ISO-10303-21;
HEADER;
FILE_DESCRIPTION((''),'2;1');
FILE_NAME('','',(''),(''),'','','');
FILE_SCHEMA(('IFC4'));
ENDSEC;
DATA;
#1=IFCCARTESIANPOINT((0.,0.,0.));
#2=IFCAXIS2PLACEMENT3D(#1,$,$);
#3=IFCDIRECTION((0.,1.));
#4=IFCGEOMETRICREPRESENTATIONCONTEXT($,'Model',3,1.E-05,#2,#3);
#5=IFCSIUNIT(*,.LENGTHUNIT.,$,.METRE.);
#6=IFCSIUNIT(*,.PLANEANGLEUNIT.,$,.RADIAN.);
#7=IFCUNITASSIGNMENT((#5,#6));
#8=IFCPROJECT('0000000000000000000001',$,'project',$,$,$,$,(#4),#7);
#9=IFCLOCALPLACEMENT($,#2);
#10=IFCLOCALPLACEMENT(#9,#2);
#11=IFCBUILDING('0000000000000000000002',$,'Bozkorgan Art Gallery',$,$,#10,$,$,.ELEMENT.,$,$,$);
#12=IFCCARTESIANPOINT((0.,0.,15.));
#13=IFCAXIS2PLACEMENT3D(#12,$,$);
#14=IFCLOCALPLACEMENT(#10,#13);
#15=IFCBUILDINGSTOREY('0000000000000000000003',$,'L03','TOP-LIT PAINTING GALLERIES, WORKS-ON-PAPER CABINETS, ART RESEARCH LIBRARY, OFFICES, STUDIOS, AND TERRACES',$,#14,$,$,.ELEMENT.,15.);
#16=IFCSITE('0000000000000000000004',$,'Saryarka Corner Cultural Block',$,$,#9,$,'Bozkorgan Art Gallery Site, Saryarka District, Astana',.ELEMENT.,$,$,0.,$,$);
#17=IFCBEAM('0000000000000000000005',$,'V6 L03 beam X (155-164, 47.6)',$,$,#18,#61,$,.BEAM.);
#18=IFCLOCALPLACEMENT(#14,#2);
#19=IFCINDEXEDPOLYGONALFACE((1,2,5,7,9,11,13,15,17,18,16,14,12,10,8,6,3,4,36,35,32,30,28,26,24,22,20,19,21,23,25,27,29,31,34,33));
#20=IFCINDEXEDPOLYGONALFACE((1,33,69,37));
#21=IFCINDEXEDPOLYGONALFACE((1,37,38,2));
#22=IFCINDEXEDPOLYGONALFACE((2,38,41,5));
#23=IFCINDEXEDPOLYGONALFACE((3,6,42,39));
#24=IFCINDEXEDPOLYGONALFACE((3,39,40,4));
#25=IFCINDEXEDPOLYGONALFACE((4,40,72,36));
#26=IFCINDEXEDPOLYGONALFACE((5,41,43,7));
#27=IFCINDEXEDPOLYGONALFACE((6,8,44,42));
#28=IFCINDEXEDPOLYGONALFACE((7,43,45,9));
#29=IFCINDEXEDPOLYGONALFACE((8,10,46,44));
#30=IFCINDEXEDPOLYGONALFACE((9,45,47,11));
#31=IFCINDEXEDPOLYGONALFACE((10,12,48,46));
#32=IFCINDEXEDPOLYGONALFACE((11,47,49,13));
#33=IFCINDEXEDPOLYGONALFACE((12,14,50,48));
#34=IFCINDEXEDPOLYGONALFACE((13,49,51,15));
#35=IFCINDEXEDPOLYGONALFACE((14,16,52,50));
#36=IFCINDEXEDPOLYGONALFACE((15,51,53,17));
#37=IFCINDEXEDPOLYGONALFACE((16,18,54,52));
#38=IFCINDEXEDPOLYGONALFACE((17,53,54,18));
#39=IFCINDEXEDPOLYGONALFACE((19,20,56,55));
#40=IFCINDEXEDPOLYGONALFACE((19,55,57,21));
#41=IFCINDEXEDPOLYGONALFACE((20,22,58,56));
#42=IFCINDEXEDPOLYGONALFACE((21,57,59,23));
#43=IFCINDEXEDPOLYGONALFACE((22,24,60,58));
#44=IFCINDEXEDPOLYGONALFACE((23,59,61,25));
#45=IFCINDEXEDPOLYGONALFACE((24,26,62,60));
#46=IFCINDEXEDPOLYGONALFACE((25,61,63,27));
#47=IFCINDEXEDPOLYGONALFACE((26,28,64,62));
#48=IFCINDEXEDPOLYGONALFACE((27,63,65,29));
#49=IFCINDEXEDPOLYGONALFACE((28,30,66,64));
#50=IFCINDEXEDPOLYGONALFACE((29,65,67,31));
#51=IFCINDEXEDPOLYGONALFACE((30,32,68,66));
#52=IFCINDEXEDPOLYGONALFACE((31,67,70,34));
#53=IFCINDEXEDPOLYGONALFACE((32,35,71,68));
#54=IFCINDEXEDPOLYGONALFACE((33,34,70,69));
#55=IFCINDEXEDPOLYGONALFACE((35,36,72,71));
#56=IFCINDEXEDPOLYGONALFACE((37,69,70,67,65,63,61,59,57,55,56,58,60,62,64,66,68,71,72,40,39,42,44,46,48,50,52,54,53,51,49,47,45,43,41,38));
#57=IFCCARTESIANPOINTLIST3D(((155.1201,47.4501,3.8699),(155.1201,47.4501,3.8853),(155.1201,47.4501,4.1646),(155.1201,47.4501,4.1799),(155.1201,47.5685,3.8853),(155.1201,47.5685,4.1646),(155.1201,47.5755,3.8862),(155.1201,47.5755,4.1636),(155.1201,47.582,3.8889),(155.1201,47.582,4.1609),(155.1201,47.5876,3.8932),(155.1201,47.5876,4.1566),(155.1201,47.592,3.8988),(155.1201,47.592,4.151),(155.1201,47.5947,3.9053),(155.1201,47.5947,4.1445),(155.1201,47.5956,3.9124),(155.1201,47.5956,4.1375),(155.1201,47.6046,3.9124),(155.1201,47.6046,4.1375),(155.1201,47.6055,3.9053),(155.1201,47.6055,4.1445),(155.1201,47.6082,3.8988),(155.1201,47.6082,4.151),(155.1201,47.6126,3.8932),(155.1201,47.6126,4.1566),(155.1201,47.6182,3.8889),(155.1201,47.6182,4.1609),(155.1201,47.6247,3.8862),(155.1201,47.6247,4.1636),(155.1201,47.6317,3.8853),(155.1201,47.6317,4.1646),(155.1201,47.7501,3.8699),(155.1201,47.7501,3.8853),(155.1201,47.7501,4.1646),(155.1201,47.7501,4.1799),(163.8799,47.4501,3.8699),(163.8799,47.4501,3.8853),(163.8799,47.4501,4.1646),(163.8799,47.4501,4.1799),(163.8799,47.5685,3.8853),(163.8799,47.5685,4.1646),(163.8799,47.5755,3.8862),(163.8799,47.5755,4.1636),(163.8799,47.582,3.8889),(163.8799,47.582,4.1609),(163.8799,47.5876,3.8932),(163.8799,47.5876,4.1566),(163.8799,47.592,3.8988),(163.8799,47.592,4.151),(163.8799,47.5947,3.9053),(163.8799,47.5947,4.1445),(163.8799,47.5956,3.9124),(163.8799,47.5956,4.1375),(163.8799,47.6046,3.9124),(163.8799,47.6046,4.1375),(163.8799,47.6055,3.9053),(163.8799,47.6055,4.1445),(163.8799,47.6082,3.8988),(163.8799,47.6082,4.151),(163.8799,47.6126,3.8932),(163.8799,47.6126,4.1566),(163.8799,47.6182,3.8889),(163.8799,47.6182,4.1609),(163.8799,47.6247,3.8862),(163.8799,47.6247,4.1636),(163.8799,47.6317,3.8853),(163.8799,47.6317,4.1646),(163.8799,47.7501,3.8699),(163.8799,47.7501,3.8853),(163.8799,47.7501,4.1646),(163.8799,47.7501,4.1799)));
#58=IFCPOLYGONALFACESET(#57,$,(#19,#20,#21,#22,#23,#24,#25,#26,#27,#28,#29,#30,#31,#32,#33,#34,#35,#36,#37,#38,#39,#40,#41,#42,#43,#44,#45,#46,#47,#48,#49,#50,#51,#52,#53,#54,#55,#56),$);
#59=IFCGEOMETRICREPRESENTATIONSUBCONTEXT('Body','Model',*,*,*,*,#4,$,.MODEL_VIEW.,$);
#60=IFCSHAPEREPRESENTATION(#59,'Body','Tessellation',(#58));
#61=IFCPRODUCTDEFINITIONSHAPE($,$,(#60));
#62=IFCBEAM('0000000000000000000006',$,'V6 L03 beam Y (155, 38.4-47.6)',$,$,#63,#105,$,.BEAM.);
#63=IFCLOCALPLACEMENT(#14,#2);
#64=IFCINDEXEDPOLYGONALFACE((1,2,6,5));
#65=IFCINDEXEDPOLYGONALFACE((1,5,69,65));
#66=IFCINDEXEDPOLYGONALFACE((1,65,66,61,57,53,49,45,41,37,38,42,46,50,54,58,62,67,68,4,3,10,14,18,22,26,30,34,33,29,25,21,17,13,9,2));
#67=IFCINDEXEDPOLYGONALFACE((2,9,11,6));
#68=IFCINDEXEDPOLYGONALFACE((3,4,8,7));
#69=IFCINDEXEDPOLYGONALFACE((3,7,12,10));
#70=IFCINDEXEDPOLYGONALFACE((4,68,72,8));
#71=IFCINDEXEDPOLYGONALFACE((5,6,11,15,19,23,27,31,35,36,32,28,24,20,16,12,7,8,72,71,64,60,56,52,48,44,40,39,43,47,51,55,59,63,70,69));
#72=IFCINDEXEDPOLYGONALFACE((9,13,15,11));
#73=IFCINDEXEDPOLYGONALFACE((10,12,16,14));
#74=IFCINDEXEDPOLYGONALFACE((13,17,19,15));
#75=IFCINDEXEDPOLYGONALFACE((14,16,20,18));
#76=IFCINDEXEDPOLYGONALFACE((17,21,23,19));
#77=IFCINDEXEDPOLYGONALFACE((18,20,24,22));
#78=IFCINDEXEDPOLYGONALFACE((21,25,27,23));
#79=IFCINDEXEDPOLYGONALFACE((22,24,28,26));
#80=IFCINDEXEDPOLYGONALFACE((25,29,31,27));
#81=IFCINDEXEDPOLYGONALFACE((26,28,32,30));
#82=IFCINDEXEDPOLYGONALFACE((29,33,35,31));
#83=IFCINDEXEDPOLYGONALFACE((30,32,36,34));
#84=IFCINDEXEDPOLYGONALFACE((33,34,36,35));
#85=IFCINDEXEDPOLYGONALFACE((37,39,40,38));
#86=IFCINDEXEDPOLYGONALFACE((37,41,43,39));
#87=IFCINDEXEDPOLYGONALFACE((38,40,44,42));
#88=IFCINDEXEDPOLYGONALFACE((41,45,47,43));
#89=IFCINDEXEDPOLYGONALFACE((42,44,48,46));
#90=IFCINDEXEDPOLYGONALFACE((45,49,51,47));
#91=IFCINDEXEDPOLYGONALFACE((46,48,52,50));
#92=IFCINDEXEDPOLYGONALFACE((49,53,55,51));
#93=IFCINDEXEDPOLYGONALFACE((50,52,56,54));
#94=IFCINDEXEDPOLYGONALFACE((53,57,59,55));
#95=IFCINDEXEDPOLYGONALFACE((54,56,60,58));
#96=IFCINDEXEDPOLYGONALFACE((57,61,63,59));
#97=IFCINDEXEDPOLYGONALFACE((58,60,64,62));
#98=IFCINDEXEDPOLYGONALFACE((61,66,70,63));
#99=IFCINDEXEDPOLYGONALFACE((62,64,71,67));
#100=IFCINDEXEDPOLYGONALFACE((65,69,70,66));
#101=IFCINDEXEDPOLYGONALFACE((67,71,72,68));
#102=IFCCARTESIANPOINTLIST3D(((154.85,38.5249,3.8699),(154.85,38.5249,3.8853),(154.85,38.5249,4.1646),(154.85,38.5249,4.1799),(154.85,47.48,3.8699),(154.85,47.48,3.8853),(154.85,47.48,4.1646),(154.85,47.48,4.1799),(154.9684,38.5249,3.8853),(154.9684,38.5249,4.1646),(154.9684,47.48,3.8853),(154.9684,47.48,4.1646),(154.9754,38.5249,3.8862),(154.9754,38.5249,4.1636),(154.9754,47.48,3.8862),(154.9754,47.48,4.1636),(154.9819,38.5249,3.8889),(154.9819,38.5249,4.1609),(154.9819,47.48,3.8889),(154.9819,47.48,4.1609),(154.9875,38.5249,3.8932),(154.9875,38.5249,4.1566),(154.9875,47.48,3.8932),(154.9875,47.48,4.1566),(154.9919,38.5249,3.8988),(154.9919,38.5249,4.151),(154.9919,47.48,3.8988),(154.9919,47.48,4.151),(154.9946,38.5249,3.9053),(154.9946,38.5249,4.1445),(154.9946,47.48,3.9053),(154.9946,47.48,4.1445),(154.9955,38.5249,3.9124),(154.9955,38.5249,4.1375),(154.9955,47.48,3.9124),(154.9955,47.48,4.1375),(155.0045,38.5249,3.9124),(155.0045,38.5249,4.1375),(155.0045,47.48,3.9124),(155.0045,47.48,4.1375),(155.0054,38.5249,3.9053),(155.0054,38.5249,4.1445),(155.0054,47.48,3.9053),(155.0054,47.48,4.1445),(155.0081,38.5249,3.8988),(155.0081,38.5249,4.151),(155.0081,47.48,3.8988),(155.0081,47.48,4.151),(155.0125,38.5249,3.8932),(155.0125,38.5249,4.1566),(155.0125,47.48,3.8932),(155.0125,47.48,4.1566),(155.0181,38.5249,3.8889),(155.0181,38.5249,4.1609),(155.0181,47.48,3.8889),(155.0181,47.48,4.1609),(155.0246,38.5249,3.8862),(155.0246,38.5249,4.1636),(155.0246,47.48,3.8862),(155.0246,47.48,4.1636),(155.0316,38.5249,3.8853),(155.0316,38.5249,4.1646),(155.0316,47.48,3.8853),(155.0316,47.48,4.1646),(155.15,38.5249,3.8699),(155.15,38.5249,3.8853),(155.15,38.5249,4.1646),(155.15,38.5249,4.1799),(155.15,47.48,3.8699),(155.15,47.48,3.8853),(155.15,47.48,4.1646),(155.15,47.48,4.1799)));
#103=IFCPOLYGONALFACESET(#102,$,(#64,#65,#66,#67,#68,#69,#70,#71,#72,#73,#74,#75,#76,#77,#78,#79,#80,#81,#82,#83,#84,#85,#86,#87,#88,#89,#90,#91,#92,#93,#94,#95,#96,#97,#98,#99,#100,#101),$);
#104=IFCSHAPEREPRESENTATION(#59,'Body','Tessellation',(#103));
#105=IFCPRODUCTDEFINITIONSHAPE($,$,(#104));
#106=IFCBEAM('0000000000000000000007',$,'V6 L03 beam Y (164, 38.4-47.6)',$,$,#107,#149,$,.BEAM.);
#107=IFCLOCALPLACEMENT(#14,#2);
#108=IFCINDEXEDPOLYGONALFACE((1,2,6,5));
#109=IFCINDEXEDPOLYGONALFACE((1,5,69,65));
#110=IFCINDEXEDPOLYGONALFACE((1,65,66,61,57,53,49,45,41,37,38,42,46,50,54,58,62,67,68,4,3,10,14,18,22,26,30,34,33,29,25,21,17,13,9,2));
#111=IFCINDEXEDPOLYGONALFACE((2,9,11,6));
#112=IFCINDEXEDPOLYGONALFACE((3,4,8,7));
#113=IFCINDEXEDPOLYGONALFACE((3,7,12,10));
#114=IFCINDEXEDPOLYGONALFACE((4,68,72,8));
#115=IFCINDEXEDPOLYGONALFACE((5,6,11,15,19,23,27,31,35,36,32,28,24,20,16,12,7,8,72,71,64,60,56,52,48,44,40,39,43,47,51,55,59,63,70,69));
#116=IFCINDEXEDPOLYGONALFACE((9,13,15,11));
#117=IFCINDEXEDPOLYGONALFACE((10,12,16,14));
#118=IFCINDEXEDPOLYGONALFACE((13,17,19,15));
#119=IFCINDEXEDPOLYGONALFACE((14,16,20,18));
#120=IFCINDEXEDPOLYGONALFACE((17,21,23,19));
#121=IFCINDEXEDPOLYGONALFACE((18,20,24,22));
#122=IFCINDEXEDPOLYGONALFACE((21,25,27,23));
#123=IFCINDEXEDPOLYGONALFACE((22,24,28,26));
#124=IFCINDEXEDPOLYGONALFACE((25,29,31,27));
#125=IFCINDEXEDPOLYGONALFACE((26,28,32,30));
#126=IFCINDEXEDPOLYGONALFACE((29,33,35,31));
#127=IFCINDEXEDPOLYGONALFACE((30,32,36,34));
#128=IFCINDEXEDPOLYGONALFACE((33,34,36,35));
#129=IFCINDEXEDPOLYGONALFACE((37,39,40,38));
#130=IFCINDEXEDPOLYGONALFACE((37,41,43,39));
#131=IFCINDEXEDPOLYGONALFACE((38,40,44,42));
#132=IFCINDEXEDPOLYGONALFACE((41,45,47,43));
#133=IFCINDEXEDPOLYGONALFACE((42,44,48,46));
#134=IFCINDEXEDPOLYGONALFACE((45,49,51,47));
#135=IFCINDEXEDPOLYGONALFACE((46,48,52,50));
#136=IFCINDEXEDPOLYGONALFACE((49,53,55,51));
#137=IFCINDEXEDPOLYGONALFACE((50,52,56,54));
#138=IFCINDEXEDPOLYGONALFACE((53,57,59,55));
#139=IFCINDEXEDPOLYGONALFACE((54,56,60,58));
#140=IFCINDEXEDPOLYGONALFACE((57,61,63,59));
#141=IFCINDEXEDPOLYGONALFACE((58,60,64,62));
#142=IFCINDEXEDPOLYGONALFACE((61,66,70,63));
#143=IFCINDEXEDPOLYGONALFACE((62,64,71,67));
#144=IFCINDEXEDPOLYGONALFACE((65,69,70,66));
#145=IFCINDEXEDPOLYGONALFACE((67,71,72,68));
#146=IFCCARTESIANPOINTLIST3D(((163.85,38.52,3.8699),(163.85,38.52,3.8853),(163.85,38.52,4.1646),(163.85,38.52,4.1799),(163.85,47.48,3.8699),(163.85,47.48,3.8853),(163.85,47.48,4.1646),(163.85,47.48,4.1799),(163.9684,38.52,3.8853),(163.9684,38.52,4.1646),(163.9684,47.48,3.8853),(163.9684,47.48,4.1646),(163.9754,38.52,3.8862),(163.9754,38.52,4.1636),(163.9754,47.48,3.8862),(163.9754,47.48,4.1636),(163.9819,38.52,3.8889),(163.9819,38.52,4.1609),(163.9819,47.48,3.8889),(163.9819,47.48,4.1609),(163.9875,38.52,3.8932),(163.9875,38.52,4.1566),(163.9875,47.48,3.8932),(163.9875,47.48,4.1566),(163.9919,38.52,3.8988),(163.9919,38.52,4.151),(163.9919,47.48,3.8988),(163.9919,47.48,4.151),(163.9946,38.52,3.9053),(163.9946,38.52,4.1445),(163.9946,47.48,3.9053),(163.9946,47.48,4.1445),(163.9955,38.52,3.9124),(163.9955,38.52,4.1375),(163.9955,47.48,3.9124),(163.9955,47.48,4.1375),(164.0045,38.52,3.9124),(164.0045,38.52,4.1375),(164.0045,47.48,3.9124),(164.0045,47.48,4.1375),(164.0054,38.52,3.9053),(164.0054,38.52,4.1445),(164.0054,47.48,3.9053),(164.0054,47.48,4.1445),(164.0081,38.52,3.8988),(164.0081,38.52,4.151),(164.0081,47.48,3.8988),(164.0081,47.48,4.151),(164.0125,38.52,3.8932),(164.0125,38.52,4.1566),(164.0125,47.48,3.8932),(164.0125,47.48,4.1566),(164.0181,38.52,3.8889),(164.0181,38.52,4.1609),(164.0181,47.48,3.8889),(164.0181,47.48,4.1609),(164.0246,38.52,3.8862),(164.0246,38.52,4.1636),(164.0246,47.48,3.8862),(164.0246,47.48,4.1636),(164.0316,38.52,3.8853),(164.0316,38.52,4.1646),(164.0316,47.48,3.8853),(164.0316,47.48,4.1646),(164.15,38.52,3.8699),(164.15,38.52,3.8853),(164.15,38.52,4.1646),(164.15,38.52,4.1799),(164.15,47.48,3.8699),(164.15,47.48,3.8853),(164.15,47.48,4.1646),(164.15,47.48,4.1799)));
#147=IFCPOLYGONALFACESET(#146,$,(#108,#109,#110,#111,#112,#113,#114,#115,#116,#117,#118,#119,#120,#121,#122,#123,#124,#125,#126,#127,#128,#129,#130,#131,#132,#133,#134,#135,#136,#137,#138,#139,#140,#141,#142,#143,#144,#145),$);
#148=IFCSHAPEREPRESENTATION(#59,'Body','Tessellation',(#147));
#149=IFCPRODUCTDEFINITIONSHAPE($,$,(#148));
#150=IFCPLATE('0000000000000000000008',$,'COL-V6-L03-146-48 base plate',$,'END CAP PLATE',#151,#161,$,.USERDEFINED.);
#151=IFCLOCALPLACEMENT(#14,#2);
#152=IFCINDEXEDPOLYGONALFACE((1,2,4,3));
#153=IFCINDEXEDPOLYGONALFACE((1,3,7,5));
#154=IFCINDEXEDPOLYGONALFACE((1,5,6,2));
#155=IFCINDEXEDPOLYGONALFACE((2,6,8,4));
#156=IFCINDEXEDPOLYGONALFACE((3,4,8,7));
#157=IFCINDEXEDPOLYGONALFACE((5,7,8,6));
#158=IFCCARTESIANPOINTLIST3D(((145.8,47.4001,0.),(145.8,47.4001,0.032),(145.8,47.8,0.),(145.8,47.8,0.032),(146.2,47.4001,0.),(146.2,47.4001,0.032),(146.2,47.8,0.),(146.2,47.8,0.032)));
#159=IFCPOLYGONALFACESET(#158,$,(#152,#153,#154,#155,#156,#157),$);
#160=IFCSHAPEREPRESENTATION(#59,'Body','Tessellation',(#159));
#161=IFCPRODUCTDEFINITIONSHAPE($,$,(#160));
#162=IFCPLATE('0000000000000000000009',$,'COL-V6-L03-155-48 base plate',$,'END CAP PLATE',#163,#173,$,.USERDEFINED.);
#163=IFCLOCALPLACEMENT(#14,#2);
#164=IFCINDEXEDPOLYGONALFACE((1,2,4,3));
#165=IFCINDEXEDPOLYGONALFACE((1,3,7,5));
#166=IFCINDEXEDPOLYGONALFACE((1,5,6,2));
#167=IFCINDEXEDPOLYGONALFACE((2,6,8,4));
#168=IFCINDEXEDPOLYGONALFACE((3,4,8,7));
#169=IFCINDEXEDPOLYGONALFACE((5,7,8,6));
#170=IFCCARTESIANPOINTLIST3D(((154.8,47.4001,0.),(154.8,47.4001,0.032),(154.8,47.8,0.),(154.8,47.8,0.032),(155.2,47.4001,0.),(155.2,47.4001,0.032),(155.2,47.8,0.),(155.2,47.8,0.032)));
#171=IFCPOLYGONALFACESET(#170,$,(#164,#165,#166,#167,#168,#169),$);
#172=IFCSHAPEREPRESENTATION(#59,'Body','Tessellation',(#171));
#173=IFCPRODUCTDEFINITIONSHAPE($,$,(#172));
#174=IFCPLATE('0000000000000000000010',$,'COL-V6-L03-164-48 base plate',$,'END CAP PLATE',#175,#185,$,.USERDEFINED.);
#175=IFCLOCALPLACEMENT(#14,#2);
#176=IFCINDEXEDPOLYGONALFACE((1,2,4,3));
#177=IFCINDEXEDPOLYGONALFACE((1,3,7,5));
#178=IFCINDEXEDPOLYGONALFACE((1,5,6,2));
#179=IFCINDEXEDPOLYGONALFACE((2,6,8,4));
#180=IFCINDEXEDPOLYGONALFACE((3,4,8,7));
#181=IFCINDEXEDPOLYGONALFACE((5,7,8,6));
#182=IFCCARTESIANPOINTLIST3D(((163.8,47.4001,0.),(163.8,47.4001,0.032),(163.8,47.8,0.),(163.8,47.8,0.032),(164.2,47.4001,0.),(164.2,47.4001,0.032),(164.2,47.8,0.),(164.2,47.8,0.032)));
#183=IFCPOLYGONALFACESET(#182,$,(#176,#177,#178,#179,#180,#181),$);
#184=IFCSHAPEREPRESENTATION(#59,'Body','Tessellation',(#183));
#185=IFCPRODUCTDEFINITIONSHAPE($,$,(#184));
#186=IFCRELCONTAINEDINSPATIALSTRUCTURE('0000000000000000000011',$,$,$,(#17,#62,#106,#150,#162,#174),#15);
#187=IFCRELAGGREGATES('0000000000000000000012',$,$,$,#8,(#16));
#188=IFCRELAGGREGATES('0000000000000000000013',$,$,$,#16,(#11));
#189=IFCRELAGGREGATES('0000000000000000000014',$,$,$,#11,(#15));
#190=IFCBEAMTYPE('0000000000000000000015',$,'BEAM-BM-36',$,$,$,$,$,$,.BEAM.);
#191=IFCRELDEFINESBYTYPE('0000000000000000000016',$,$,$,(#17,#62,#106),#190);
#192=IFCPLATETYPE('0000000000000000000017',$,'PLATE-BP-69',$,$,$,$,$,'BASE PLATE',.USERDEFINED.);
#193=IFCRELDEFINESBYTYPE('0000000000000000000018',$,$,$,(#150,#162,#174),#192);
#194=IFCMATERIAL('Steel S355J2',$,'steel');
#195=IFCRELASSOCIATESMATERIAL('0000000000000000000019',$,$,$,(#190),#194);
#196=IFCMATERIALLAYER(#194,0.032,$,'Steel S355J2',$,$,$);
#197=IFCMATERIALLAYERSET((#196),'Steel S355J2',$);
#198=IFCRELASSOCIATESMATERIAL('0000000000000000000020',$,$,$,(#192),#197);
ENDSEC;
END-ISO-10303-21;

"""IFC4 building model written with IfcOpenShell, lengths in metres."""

from ifc_helpers import new_model, si_unit, direction, frame, origin, origin_2d, place, context, subcontext, project, spatial, rectangle, i_section, extrude, material, layer, layer_set, material_profile, profile_set, type_object, element, save


model = new_model("IFC4")

# Units and contexts
model_context = context("Model", 3, precision=1e-05, world=origin(), true_north=direction((0.0, 1.0)))
body_context = subcontext(model_context, "Body", "Model", "MODEL_VIEW")
ifc_project = project(units=[si_unit("LENGTHUNIT", "METRE"), si_unit("PLANEANGLEUNIT", "RADIAN")], contexts=[model_context])

# Site, building, storey
site_placement = place(None, origin())
site = spatial("IfcSite", under=ifc_project, at=site_placement, Name="Saryarka Corner Cultural Block", LongName="Bozkorgan Art Gallery Site, Saryarka District, Astana", CompositionType="ELEMENT", RefElevation=0.0)
building_placement = place(site_placement, origin())
building = spatial("IfcBuilding", under=site, at=building_placement, Name="Bozkorgan Art Gallery", CompositionType="ELEMENT")
storey_placement = place(building_placement, frame((0.0, 0.0, 15.0)))
storey = spatial("IfcBuildingStorey", under=building, at=storey_placement, Name="L03", Description="TOP-LIT PAINTING GALLERIES, WORKS-ON-PAPER CABINETS, ART RESEARCH LIBRARY, OFFICES, STUDIOS, AND TERRACES", CompositionType="ELEMENT", Elevation=15.0)

# Shared definitions
ifc_material_1 = material(Name="Steel S355J2", Category="steel")

# Beams
ifc_material_profile_1 = material_profile(ifc_material_1, i_section(OverallWidth=0.3, OverallDepth=0.3101, WebThickness=0.009, FlangeThickness=0.0154, FilletRadius=0.0271, at=origin_2d()), Name="HEA 320")
ifc_profile_set_1 = profile_set([ifc_material_profile_1], Name="Steel S355J2")
beam_type = type_object("IfcBeamType", Name="BEAM-BM-36", PredefinedType="BEAM", material=ifc_profile_set_1)
for number, where, z_axis, x_axis, name in (
    (1, (155.1201, 47.6001, 4.0249), (1.0, 0.0, 0.0), (0.0, 1.0, 0.0), "V6 L03 beam X (155-164, 47.6)"),
):
    element("IfcBeam", number, at=place(storey_placement, frame(where, z_axis=z_axis, x_axis=x_axis)), inside=storey, type_object=beam_type, Name=name, PredefinedType="BEAM", context=body_context, shape_type="SweptSolid", body=[
        extrude(i_section(OverallWidth=0.3, OverallDepth=0.3101, WebThickness=0.009, FlangeThickness=0.0154, FilletRadius=0.0271, at=origin_2d()), origin(), (0.0, 0.0, 1.0), 8.7598),
    ])
beam_1_placement = place(storey_placement, frame((155.0, 38.5249, 4.0249), z_axis=(0.0, 1.0, 0.0), x_axis=(-1.0, 0.0, 0.0)))
element("IfcBeam", 2, at=beam_1_placement, inside=storey, type_object=beam_type, Name="V6 L03 beam Y (155, 38.4-47.6)", PredefinedType="BEAM", context=body_context, shape_type="SweptSolid", body=[
    extrude(i_section(OverallWidth=0.3, OverallDepth=0.3101, WebThickness=0.009, FlangeThickness=0.0154, FilletRadius=0.0271, at=origin_2d()), origin(), (0.0, 0.0, 1.0), 8.9551),
])
beam_2_placement = place(storey_placement, frame((164.0, 38.52, 4.0249), z_axis=(0.0, 1.0, 0.0), x_axis=(-1.0, 0.0, 0.0)))
element("IfcBeam", 3, at=beam_2_placement, inside=storey, type_object=beam_type, Name="V6 L03 beam Y (164, 38.4-47.6)", PredefinedType="BEAM", context=body_context, shape_type="SweptSolid", body=[
    extrude(i_section(OverallWidth=0.3, OverallDepth=0.3101, WebThickness=0.009, FlangeThickness=0.0154, FilletRadius=0.0271, at=origin_2d()), origin(), (0.0, 0.0, 1.0), 8.96),
])

# Plates
ifc_layer_1 = layer(ifc_material_1, 0.032, Name="Steel S355J2")
ifc_layer_set_1 = layer_set([ifc_layer_1], Name="Steel S355J2")
plate_type = type_object("IfcPlateType", Name="PLATE-BP-69", ElementType="BASE PLATE", PredefinedType="USERDEFINED", material=ifc_layer_set_1)
for number, where, z_axis, x_axis, name in (
    (4, (146.0, 47.6001, 0.0), (0.0, 0.0, 1.0), (1.0, 0.0, 0.0), "COL-V6-L03-146-48 base plate"),
    (5, (155.0, 47.6001, 0.0), (0.0, 0.0, 1.0), (1.0, 0.0, 0.0), "COL-V6-L03-155-48 base plate"),
    (6, (164.0, 47.6001, 0.0), (0.0, 0.0, 1.0), (1.0, 0.0, 0.0), "COL-V6-L03-164-48 base plate"),
):
    element("IfcPlate", number, at=place(storey_placement, frame(where, z_axis=z_axis, x_axis=x_axis)), inside=storey, type_object=plate_type, Name=name, ObjectType="END CAP PLATE", PredefinedType="USERDEFINED", context=body_context, shape_type="SweptSolid", body=[
        extrude(rectangle(XDim=0.3999, YDim=0.3999, at=origin_2d()), origin(), (0.0, 0.0, 1.0), 0.032),
    ])

save(model, "model.ifc")
